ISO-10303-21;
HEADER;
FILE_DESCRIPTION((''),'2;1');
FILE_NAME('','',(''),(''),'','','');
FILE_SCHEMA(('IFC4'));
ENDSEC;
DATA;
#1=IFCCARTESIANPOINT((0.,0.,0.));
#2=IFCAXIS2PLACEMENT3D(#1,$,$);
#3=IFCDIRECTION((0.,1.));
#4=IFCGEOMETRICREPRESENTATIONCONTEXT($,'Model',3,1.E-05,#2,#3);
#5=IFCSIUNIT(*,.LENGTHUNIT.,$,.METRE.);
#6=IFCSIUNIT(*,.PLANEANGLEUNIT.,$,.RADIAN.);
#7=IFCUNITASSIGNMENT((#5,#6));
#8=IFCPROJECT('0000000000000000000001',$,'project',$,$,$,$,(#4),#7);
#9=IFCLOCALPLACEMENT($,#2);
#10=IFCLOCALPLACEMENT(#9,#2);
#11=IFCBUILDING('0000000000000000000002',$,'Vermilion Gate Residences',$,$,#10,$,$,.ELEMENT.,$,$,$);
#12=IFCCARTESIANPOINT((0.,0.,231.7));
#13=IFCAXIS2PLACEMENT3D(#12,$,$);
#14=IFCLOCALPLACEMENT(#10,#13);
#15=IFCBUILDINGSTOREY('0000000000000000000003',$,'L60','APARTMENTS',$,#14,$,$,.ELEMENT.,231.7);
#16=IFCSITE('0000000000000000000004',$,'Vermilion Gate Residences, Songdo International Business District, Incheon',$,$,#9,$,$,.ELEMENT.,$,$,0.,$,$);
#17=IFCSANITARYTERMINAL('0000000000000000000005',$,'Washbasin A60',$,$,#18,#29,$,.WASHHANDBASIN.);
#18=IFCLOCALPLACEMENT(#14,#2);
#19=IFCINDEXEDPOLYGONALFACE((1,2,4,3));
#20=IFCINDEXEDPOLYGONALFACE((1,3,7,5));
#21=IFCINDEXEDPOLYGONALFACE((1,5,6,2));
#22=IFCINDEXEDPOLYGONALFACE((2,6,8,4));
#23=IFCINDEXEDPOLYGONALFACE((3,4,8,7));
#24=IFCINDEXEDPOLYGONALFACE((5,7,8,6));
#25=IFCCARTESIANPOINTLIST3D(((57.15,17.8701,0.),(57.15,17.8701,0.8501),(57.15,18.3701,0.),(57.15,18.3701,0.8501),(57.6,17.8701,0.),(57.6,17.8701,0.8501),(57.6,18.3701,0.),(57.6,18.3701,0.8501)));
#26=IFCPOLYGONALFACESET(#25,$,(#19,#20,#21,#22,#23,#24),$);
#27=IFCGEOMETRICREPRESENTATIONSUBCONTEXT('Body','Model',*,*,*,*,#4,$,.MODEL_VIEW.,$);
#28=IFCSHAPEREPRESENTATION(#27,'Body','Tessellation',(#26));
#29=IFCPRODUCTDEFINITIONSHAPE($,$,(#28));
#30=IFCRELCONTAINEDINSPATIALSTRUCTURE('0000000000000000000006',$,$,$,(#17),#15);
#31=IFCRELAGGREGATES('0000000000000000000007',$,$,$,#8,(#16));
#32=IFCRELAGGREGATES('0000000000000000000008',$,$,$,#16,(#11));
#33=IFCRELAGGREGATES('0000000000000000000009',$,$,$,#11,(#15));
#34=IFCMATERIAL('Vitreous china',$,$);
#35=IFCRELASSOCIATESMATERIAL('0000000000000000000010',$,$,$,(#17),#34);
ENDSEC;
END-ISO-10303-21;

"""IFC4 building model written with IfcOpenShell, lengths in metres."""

from ifc_helpers import new_model, si_unit, direction, frame, origin, origin_2d, place, context, subcontext, project, spatial, rectangle, extrude, material, element, save


model = new_model("IFC4")

# Units and contexts
model_context = context("Model", 3, precision=1e-05, world=origin(), true_north=direction((0.0, 1.0)))
body_context = subcontext(model_context, "Body", "Model", "MODEL_VIEW")
ifc_project = project(units=[si_unit("LENGTHUNIT", "METRE"), si_unit("PLANEANGLEUNIT", "RADIAN")], contexts=[model_context])

# Site, building, storey
site_placement = place(None, origin())
site = spatial("IfcSite", under=ifc_project, at=site_placement, Name="Vermilion Gate Residences, Songdo International Business District, Incheon", CompositionType="ELEMENT", RefElevation=0.0)
building_placement = place(site_placement, origin())
building = spatial("IfcBuilding", under=site, at=building_placement, Name="Vermilion Gate Residences", CompositionType="ELEMENT")
storey_placement = place(building_placement, frame((0.0, 0.0, 231.7)))
storey = spatial("IfcBuildingStorey", under=building, at=storey_placement, Name="L60", Description="APARTMENTS", CompositionType="ELEMENT", Elevation=231.7)

# Sanitary terminal
ifc_material_1 = material(Name="Vitreous china")
sanitary_terminal_1_placement = place(storey_placement, frame((57.375, 18.1201, 0.0), z_axis=(0.0, 0.0, 1.0), x_axis=(1.0, 0.0, 0.0)))
element("IfcSanitaryTerminal", 1, at=sanitary_terminal_1_placement, inside=storey, material=ifc_material_1, Name="Washbasin A60", PredefinedType="WASHHANDBASIN", context=body_context, shape_type="SweptSolid", body=[
    extrude(rectangle(XDim=0.45, YDim=0.5, at=origin_2d()), origin(), (0.0, 0.0, 1.0), 0.8501),
])

save(model, "model.ifc")
